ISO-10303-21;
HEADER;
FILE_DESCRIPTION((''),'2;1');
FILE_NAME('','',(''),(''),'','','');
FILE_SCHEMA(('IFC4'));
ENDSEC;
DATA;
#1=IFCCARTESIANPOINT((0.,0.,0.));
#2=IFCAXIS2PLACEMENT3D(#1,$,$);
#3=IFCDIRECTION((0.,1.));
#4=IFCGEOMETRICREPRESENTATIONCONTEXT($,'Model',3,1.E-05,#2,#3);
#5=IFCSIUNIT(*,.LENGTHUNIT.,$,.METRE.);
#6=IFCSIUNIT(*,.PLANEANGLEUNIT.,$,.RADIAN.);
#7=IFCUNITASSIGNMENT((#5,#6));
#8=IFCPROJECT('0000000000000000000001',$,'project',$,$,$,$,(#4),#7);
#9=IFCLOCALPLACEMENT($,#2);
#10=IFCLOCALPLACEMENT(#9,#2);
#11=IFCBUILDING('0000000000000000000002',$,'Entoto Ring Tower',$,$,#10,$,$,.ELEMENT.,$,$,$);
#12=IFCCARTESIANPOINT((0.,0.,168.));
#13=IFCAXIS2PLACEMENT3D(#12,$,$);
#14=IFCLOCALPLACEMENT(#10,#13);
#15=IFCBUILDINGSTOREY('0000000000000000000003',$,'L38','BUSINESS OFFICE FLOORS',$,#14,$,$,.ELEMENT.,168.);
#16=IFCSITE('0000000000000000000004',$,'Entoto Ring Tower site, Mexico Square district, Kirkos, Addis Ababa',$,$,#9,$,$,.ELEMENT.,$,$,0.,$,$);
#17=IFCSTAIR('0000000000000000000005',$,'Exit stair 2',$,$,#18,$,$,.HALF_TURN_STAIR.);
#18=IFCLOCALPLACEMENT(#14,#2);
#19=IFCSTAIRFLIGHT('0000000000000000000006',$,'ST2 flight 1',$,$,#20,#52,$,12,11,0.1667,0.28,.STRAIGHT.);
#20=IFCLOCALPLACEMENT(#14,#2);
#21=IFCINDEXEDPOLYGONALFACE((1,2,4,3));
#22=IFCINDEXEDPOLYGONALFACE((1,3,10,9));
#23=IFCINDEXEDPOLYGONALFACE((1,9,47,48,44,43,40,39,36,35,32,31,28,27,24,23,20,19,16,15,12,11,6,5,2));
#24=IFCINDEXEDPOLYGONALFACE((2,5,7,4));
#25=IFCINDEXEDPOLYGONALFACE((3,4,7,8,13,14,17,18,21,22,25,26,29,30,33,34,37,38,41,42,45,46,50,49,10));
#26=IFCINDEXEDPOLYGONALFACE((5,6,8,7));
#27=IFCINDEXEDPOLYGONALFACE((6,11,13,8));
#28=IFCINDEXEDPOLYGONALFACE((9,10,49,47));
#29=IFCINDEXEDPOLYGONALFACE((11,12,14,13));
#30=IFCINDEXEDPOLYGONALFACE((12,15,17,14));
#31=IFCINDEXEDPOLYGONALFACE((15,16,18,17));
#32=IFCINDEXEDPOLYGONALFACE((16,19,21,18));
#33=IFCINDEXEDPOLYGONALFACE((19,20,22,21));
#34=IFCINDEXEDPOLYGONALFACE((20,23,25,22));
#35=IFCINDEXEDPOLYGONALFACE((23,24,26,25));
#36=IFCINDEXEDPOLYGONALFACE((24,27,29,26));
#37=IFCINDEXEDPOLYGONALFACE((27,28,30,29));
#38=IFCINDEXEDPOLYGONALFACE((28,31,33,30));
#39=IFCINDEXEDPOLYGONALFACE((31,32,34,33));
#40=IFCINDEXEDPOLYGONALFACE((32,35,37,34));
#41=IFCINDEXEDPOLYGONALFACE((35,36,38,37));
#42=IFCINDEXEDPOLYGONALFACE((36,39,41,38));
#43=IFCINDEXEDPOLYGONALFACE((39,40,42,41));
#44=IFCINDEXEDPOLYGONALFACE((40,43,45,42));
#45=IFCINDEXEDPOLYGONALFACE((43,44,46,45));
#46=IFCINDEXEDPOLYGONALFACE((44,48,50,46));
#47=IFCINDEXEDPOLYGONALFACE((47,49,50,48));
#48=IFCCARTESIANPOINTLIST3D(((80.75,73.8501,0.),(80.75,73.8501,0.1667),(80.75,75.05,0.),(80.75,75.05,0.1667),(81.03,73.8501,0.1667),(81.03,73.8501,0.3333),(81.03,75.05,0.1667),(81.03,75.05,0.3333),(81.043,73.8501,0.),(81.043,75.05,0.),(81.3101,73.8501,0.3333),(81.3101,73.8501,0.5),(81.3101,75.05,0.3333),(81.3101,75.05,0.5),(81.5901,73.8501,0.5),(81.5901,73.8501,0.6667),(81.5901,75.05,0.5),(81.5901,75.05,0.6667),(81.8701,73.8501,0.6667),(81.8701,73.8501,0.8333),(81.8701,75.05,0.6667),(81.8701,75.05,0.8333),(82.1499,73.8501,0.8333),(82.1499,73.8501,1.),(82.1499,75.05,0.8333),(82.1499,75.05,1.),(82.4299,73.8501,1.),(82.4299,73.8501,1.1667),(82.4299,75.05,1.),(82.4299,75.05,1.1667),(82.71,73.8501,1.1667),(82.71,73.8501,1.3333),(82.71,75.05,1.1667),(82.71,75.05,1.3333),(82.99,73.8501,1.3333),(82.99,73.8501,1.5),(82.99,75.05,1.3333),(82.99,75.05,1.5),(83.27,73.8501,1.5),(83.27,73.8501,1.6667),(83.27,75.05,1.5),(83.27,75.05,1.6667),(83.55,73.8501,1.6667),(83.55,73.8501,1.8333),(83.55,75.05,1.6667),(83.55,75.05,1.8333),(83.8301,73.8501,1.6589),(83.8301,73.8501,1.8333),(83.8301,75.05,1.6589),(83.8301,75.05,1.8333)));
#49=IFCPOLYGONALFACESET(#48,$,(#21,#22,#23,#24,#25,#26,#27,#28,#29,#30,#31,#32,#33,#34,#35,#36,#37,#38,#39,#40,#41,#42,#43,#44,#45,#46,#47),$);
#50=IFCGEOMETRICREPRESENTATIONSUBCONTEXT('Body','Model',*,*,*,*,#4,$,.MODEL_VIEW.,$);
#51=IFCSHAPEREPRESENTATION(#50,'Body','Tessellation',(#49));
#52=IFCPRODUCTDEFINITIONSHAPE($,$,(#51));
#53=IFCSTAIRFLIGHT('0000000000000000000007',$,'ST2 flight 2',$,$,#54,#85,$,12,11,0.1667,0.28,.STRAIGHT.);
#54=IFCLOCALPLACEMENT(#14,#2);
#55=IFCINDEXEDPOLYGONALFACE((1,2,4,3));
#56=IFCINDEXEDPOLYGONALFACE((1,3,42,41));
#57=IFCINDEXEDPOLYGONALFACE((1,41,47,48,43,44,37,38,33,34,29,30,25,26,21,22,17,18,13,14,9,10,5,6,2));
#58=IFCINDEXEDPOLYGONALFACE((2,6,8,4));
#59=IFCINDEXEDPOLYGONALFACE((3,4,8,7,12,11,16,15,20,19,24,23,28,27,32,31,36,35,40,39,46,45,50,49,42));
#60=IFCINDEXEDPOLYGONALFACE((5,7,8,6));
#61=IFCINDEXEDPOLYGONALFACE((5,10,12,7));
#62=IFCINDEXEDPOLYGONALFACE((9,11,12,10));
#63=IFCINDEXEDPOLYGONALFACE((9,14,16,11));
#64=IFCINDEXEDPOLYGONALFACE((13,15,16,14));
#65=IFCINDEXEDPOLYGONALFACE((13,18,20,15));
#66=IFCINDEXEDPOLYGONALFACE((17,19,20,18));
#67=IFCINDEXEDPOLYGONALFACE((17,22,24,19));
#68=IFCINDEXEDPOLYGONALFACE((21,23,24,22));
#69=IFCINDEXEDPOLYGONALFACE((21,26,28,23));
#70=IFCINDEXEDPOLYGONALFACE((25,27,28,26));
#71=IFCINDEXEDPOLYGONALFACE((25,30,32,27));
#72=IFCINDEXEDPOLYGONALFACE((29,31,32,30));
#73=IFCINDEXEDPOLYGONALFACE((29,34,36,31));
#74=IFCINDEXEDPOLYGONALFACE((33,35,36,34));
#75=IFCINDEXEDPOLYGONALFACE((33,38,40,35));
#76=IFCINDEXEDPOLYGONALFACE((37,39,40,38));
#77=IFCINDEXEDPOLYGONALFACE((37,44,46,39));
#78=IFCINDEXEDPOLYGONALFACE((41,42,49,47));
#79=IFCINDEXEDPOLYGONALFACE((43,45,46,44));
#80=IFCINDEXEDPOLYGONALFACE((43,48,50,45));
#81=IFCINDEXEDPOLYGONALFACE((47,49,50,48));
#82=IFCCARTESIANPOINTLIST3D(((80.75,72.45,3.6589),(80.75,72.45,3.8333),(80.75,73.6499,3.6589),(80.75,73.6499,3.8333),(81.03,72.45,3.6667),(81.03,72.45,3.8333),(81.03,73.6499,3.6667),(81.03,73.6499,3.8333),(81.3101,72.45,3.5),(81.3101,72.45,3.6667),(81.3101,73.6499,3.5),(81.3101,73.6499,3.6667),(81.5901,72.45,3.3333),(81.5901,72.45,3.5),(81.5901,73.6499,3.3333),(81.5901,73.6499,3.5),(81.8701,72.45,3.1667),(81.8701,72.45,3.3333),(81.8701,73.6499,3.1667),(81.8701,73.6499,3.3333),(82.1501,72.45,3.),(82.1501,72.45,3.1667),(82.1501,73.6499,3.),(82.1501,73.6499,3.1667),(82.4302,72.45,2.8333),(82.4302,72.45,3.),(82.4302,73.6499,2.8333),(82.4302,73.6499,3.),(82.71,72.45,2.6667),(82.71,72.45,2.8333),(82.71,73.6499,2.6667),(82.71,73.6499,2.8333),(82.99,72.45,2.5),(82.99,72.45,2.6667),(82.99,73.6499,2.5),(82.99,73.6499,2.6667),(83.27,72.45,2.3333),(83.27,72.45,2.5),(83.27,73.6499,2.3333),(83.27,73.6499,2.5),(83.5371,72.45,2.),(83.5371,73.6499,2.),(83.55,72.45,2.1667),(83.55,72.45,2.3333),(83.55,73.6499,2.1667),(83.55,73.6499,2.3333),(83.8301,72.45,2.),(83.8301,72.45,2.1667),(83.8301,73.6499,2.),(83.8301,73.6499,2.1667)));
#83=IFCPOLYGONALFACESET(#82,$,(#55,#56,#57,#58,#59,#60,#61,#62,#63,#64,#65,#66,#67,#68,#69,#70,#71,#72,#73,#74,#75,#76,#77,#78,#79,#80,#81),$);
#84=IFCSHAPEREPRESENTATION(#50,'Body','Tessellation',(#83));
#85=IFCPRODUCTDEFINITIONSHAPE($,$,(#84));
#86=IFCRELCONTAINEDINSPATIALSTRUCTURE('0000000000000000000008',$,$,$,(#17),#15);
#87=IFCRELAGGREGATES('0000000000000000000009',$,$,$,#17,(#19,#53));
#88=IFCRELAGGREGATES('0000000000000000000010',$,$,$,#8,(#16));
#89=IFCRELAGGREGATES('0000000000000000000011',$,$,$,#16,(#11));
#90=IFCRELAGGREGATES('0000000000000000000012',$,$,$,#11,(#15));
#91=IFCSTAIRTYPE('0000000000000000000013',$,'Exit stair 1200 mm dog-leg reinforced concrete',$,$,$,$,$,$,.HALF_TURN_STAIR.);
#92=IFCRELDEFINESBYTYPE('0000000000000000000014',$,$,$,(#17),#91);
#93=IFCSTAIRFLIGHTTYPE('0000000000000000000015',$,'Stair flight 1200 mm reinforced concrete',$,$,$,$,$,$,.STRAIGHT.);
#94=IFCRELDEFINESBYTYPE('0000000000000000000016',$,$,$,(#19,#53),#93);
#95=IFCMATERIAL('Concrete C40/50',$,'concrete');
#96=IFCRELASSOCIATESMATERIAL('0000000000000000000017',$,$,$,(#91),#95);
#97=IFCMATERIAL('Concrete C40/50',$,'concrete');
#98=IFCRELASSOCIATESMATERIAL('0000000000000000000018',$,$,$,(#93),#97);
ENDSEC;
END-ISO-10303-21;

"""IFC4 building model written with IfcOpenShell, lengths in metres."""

from ifc_helpers import new_model, si_unit, direction, frame, origin, place, context, subcontext, project, spatial, polyline, outline, extrude, material, type_object, element, aggregate, save


model = new_model("IFC4")

# Units and contexts
model_context = context("Model", 3, precision=1e-05, world=origin(), true_north=direction((0.0, 1.0)))
body_context = subcontext(model_context, "Body", "Model", "MODEL_VIEW")
ifc_project = project(units=[si_unit("LENGTHUNIT", "METRE"), si_unit("PLANEANGLEUNIT", "RADIAN")], contexts=[model_context])

# Site, building, storey
site_placement = place(None, origin())
site = spatial("IfcSite", under=ifc_project, at=site_placement, Name="Entoto Ring Tower site, Mexico Square district, Kirkos, Addis Ababa", CompositionType="ELEMENT", RefElevation=0.0)
building_placement = place(site_placement, origin())
building = spatial("IfcBuilding", under=site, at=building_placement, Name="Entoto Ring Tower", CompositionType="ELEMENT")
storey_placement = place(building_placement, frame((0.0, 0.0, 168.0)))
storey = spatial("IfcBuildingStorey", under=building, at=storey_placement, Name="L38", Description="BUSINESS OFFICE FLOORS", CompositionType="ELEMENT", Elevation=168.0)

# Stair, stair flights
ifc_material_1 = material(Name="Concrete C40/50", Category="concrete")
stair_type = type_object("IfcStairType", Name="Exit stair 1200 mm dog-leg reinforced concrete", PredefinedType="HALF_TURN_STAIR", material=ifc_material_1)
stair_placement = place(storey_placement, origin())
stair = element("IfcStair", 1, at=stair_placement, inside=storey, type_object=stair_type, Name="Exit stair 2", PredefinedType="HALF_TURN_STAIR")
ifc_material_2 = material(Name="Concrete C40/50", Category="concrete")
stair_flight_type = type_object("IfcStairFlightType", Name="Stair flight 1200 mm reinforced concrete", PredefinedType="STRAIGHT", material=ifc_material_2)
stair_flight_1_placement = place(storey_placement, frame((80.75, 74.45, 0.0), z_axis=(0.0, 0.0, 1.0), x_axis=(1.0, 0.0, 0.0)))
stair_flight_1 = element("IfcStairFlight", 2, at=stair_flight_1_placement, type_object=stair_flight_type, Name="ST2 flight 1", NumberOfRisers=12, NumberOfTreads=11, PredefinedType="STRAIGHT", RiserHeight=0.1667, TreadLength=0.28, context=body_context, shape_type="SweptSolid", body=[
    extrude(outline(polyline([(0.0, 0.0), (0.0, 0.1667), (0.28, 0.1667), (0.28, 0.3333), (0.5601, 0.3333), (0.5601, 0.5), (0.8401, 0.5), (0.8401, 0.6667), (1.1201, 0.6667), (1.1201, 0.8333), (1.3999, 0.8333), (1.3999, 1.0), (1.6799, 1.0), (1.6799, 1.1667), (1.96, 1.1667), (1.96, 1.3333), (2.24, 1.3333), (2.24, 1.5), (2.52, 1.5), (2.52, 1.6667), (2.8, 1.6667), (2.8, 1.8333), (3.0801, 1.8333), (3.0801, 2.0), (3.0801, 1.6589), (0.293, 0.0), (0.0, 0.0)])), frame((0.0, 0.6001, 0.0), z_axis=(0.0, -1.0, 0.0), x_axis=(1.0, 0.0, 0.0)), (0.0, 0.0, 1.0), 1.2),
])
stair_flight_2_placement = place(storey_placement, frame((83.8301, 73.05, 2.0), z_axis=(0.0, 0.0, 1.0), x_axis=(-1.0, 0.0, 0.0)))
stair_flight_2 = element("IfcStairFlight", 3, at=stair_flight_2_placement, type_object=stair_flight_type, Name="ST2 flight 2", NumberOfRisers=12, NumberOfTreads=11, PredefinedType="STRAIGHT", RiserHeight=0.1667, TreadLength=0.28, context=body_context, shape_type="SweptSolid", body=[
    extrude(outline(polyline([(0.0, 0.0), (0.0, 0.1667), (0.28, 0.1667), (0.28, 0.3333), (0.5601, 0.3333), (0.5601, 0.5), (0.8401, 0.5), (0.8401, 0.6667), (1.1201, 0.6667), (1.1201, 0.8333), (1.3999, 0.8333), (1.3999, 1.0), (1.6799, 1.0), (1.6799, 1.1667), (1.96, 1.1667), (1.96, 1.3333), (2.24, 1.3333), (2.24, 1.5), (2.52, 1.5), (2.52, 1.6667), (2.8, 1.6667), (2.8, 1.8333), (3.0801, 1.8333), (3.0801, 2.0), (3.0801, 1.6589), (0.293, 0.0), (0.0, 0.0)])), frame((0.0, 0.6001, 0.0), z_axis=(0.0, -1.0, 0.0), x_axis=(1.0, 0.0, 0.0)), (0.0, 0.0, 1.0), 1.2),
])
aggregate(stair, [stair_flight_1, stair_flight_2])

save(model, "model.ifc")
